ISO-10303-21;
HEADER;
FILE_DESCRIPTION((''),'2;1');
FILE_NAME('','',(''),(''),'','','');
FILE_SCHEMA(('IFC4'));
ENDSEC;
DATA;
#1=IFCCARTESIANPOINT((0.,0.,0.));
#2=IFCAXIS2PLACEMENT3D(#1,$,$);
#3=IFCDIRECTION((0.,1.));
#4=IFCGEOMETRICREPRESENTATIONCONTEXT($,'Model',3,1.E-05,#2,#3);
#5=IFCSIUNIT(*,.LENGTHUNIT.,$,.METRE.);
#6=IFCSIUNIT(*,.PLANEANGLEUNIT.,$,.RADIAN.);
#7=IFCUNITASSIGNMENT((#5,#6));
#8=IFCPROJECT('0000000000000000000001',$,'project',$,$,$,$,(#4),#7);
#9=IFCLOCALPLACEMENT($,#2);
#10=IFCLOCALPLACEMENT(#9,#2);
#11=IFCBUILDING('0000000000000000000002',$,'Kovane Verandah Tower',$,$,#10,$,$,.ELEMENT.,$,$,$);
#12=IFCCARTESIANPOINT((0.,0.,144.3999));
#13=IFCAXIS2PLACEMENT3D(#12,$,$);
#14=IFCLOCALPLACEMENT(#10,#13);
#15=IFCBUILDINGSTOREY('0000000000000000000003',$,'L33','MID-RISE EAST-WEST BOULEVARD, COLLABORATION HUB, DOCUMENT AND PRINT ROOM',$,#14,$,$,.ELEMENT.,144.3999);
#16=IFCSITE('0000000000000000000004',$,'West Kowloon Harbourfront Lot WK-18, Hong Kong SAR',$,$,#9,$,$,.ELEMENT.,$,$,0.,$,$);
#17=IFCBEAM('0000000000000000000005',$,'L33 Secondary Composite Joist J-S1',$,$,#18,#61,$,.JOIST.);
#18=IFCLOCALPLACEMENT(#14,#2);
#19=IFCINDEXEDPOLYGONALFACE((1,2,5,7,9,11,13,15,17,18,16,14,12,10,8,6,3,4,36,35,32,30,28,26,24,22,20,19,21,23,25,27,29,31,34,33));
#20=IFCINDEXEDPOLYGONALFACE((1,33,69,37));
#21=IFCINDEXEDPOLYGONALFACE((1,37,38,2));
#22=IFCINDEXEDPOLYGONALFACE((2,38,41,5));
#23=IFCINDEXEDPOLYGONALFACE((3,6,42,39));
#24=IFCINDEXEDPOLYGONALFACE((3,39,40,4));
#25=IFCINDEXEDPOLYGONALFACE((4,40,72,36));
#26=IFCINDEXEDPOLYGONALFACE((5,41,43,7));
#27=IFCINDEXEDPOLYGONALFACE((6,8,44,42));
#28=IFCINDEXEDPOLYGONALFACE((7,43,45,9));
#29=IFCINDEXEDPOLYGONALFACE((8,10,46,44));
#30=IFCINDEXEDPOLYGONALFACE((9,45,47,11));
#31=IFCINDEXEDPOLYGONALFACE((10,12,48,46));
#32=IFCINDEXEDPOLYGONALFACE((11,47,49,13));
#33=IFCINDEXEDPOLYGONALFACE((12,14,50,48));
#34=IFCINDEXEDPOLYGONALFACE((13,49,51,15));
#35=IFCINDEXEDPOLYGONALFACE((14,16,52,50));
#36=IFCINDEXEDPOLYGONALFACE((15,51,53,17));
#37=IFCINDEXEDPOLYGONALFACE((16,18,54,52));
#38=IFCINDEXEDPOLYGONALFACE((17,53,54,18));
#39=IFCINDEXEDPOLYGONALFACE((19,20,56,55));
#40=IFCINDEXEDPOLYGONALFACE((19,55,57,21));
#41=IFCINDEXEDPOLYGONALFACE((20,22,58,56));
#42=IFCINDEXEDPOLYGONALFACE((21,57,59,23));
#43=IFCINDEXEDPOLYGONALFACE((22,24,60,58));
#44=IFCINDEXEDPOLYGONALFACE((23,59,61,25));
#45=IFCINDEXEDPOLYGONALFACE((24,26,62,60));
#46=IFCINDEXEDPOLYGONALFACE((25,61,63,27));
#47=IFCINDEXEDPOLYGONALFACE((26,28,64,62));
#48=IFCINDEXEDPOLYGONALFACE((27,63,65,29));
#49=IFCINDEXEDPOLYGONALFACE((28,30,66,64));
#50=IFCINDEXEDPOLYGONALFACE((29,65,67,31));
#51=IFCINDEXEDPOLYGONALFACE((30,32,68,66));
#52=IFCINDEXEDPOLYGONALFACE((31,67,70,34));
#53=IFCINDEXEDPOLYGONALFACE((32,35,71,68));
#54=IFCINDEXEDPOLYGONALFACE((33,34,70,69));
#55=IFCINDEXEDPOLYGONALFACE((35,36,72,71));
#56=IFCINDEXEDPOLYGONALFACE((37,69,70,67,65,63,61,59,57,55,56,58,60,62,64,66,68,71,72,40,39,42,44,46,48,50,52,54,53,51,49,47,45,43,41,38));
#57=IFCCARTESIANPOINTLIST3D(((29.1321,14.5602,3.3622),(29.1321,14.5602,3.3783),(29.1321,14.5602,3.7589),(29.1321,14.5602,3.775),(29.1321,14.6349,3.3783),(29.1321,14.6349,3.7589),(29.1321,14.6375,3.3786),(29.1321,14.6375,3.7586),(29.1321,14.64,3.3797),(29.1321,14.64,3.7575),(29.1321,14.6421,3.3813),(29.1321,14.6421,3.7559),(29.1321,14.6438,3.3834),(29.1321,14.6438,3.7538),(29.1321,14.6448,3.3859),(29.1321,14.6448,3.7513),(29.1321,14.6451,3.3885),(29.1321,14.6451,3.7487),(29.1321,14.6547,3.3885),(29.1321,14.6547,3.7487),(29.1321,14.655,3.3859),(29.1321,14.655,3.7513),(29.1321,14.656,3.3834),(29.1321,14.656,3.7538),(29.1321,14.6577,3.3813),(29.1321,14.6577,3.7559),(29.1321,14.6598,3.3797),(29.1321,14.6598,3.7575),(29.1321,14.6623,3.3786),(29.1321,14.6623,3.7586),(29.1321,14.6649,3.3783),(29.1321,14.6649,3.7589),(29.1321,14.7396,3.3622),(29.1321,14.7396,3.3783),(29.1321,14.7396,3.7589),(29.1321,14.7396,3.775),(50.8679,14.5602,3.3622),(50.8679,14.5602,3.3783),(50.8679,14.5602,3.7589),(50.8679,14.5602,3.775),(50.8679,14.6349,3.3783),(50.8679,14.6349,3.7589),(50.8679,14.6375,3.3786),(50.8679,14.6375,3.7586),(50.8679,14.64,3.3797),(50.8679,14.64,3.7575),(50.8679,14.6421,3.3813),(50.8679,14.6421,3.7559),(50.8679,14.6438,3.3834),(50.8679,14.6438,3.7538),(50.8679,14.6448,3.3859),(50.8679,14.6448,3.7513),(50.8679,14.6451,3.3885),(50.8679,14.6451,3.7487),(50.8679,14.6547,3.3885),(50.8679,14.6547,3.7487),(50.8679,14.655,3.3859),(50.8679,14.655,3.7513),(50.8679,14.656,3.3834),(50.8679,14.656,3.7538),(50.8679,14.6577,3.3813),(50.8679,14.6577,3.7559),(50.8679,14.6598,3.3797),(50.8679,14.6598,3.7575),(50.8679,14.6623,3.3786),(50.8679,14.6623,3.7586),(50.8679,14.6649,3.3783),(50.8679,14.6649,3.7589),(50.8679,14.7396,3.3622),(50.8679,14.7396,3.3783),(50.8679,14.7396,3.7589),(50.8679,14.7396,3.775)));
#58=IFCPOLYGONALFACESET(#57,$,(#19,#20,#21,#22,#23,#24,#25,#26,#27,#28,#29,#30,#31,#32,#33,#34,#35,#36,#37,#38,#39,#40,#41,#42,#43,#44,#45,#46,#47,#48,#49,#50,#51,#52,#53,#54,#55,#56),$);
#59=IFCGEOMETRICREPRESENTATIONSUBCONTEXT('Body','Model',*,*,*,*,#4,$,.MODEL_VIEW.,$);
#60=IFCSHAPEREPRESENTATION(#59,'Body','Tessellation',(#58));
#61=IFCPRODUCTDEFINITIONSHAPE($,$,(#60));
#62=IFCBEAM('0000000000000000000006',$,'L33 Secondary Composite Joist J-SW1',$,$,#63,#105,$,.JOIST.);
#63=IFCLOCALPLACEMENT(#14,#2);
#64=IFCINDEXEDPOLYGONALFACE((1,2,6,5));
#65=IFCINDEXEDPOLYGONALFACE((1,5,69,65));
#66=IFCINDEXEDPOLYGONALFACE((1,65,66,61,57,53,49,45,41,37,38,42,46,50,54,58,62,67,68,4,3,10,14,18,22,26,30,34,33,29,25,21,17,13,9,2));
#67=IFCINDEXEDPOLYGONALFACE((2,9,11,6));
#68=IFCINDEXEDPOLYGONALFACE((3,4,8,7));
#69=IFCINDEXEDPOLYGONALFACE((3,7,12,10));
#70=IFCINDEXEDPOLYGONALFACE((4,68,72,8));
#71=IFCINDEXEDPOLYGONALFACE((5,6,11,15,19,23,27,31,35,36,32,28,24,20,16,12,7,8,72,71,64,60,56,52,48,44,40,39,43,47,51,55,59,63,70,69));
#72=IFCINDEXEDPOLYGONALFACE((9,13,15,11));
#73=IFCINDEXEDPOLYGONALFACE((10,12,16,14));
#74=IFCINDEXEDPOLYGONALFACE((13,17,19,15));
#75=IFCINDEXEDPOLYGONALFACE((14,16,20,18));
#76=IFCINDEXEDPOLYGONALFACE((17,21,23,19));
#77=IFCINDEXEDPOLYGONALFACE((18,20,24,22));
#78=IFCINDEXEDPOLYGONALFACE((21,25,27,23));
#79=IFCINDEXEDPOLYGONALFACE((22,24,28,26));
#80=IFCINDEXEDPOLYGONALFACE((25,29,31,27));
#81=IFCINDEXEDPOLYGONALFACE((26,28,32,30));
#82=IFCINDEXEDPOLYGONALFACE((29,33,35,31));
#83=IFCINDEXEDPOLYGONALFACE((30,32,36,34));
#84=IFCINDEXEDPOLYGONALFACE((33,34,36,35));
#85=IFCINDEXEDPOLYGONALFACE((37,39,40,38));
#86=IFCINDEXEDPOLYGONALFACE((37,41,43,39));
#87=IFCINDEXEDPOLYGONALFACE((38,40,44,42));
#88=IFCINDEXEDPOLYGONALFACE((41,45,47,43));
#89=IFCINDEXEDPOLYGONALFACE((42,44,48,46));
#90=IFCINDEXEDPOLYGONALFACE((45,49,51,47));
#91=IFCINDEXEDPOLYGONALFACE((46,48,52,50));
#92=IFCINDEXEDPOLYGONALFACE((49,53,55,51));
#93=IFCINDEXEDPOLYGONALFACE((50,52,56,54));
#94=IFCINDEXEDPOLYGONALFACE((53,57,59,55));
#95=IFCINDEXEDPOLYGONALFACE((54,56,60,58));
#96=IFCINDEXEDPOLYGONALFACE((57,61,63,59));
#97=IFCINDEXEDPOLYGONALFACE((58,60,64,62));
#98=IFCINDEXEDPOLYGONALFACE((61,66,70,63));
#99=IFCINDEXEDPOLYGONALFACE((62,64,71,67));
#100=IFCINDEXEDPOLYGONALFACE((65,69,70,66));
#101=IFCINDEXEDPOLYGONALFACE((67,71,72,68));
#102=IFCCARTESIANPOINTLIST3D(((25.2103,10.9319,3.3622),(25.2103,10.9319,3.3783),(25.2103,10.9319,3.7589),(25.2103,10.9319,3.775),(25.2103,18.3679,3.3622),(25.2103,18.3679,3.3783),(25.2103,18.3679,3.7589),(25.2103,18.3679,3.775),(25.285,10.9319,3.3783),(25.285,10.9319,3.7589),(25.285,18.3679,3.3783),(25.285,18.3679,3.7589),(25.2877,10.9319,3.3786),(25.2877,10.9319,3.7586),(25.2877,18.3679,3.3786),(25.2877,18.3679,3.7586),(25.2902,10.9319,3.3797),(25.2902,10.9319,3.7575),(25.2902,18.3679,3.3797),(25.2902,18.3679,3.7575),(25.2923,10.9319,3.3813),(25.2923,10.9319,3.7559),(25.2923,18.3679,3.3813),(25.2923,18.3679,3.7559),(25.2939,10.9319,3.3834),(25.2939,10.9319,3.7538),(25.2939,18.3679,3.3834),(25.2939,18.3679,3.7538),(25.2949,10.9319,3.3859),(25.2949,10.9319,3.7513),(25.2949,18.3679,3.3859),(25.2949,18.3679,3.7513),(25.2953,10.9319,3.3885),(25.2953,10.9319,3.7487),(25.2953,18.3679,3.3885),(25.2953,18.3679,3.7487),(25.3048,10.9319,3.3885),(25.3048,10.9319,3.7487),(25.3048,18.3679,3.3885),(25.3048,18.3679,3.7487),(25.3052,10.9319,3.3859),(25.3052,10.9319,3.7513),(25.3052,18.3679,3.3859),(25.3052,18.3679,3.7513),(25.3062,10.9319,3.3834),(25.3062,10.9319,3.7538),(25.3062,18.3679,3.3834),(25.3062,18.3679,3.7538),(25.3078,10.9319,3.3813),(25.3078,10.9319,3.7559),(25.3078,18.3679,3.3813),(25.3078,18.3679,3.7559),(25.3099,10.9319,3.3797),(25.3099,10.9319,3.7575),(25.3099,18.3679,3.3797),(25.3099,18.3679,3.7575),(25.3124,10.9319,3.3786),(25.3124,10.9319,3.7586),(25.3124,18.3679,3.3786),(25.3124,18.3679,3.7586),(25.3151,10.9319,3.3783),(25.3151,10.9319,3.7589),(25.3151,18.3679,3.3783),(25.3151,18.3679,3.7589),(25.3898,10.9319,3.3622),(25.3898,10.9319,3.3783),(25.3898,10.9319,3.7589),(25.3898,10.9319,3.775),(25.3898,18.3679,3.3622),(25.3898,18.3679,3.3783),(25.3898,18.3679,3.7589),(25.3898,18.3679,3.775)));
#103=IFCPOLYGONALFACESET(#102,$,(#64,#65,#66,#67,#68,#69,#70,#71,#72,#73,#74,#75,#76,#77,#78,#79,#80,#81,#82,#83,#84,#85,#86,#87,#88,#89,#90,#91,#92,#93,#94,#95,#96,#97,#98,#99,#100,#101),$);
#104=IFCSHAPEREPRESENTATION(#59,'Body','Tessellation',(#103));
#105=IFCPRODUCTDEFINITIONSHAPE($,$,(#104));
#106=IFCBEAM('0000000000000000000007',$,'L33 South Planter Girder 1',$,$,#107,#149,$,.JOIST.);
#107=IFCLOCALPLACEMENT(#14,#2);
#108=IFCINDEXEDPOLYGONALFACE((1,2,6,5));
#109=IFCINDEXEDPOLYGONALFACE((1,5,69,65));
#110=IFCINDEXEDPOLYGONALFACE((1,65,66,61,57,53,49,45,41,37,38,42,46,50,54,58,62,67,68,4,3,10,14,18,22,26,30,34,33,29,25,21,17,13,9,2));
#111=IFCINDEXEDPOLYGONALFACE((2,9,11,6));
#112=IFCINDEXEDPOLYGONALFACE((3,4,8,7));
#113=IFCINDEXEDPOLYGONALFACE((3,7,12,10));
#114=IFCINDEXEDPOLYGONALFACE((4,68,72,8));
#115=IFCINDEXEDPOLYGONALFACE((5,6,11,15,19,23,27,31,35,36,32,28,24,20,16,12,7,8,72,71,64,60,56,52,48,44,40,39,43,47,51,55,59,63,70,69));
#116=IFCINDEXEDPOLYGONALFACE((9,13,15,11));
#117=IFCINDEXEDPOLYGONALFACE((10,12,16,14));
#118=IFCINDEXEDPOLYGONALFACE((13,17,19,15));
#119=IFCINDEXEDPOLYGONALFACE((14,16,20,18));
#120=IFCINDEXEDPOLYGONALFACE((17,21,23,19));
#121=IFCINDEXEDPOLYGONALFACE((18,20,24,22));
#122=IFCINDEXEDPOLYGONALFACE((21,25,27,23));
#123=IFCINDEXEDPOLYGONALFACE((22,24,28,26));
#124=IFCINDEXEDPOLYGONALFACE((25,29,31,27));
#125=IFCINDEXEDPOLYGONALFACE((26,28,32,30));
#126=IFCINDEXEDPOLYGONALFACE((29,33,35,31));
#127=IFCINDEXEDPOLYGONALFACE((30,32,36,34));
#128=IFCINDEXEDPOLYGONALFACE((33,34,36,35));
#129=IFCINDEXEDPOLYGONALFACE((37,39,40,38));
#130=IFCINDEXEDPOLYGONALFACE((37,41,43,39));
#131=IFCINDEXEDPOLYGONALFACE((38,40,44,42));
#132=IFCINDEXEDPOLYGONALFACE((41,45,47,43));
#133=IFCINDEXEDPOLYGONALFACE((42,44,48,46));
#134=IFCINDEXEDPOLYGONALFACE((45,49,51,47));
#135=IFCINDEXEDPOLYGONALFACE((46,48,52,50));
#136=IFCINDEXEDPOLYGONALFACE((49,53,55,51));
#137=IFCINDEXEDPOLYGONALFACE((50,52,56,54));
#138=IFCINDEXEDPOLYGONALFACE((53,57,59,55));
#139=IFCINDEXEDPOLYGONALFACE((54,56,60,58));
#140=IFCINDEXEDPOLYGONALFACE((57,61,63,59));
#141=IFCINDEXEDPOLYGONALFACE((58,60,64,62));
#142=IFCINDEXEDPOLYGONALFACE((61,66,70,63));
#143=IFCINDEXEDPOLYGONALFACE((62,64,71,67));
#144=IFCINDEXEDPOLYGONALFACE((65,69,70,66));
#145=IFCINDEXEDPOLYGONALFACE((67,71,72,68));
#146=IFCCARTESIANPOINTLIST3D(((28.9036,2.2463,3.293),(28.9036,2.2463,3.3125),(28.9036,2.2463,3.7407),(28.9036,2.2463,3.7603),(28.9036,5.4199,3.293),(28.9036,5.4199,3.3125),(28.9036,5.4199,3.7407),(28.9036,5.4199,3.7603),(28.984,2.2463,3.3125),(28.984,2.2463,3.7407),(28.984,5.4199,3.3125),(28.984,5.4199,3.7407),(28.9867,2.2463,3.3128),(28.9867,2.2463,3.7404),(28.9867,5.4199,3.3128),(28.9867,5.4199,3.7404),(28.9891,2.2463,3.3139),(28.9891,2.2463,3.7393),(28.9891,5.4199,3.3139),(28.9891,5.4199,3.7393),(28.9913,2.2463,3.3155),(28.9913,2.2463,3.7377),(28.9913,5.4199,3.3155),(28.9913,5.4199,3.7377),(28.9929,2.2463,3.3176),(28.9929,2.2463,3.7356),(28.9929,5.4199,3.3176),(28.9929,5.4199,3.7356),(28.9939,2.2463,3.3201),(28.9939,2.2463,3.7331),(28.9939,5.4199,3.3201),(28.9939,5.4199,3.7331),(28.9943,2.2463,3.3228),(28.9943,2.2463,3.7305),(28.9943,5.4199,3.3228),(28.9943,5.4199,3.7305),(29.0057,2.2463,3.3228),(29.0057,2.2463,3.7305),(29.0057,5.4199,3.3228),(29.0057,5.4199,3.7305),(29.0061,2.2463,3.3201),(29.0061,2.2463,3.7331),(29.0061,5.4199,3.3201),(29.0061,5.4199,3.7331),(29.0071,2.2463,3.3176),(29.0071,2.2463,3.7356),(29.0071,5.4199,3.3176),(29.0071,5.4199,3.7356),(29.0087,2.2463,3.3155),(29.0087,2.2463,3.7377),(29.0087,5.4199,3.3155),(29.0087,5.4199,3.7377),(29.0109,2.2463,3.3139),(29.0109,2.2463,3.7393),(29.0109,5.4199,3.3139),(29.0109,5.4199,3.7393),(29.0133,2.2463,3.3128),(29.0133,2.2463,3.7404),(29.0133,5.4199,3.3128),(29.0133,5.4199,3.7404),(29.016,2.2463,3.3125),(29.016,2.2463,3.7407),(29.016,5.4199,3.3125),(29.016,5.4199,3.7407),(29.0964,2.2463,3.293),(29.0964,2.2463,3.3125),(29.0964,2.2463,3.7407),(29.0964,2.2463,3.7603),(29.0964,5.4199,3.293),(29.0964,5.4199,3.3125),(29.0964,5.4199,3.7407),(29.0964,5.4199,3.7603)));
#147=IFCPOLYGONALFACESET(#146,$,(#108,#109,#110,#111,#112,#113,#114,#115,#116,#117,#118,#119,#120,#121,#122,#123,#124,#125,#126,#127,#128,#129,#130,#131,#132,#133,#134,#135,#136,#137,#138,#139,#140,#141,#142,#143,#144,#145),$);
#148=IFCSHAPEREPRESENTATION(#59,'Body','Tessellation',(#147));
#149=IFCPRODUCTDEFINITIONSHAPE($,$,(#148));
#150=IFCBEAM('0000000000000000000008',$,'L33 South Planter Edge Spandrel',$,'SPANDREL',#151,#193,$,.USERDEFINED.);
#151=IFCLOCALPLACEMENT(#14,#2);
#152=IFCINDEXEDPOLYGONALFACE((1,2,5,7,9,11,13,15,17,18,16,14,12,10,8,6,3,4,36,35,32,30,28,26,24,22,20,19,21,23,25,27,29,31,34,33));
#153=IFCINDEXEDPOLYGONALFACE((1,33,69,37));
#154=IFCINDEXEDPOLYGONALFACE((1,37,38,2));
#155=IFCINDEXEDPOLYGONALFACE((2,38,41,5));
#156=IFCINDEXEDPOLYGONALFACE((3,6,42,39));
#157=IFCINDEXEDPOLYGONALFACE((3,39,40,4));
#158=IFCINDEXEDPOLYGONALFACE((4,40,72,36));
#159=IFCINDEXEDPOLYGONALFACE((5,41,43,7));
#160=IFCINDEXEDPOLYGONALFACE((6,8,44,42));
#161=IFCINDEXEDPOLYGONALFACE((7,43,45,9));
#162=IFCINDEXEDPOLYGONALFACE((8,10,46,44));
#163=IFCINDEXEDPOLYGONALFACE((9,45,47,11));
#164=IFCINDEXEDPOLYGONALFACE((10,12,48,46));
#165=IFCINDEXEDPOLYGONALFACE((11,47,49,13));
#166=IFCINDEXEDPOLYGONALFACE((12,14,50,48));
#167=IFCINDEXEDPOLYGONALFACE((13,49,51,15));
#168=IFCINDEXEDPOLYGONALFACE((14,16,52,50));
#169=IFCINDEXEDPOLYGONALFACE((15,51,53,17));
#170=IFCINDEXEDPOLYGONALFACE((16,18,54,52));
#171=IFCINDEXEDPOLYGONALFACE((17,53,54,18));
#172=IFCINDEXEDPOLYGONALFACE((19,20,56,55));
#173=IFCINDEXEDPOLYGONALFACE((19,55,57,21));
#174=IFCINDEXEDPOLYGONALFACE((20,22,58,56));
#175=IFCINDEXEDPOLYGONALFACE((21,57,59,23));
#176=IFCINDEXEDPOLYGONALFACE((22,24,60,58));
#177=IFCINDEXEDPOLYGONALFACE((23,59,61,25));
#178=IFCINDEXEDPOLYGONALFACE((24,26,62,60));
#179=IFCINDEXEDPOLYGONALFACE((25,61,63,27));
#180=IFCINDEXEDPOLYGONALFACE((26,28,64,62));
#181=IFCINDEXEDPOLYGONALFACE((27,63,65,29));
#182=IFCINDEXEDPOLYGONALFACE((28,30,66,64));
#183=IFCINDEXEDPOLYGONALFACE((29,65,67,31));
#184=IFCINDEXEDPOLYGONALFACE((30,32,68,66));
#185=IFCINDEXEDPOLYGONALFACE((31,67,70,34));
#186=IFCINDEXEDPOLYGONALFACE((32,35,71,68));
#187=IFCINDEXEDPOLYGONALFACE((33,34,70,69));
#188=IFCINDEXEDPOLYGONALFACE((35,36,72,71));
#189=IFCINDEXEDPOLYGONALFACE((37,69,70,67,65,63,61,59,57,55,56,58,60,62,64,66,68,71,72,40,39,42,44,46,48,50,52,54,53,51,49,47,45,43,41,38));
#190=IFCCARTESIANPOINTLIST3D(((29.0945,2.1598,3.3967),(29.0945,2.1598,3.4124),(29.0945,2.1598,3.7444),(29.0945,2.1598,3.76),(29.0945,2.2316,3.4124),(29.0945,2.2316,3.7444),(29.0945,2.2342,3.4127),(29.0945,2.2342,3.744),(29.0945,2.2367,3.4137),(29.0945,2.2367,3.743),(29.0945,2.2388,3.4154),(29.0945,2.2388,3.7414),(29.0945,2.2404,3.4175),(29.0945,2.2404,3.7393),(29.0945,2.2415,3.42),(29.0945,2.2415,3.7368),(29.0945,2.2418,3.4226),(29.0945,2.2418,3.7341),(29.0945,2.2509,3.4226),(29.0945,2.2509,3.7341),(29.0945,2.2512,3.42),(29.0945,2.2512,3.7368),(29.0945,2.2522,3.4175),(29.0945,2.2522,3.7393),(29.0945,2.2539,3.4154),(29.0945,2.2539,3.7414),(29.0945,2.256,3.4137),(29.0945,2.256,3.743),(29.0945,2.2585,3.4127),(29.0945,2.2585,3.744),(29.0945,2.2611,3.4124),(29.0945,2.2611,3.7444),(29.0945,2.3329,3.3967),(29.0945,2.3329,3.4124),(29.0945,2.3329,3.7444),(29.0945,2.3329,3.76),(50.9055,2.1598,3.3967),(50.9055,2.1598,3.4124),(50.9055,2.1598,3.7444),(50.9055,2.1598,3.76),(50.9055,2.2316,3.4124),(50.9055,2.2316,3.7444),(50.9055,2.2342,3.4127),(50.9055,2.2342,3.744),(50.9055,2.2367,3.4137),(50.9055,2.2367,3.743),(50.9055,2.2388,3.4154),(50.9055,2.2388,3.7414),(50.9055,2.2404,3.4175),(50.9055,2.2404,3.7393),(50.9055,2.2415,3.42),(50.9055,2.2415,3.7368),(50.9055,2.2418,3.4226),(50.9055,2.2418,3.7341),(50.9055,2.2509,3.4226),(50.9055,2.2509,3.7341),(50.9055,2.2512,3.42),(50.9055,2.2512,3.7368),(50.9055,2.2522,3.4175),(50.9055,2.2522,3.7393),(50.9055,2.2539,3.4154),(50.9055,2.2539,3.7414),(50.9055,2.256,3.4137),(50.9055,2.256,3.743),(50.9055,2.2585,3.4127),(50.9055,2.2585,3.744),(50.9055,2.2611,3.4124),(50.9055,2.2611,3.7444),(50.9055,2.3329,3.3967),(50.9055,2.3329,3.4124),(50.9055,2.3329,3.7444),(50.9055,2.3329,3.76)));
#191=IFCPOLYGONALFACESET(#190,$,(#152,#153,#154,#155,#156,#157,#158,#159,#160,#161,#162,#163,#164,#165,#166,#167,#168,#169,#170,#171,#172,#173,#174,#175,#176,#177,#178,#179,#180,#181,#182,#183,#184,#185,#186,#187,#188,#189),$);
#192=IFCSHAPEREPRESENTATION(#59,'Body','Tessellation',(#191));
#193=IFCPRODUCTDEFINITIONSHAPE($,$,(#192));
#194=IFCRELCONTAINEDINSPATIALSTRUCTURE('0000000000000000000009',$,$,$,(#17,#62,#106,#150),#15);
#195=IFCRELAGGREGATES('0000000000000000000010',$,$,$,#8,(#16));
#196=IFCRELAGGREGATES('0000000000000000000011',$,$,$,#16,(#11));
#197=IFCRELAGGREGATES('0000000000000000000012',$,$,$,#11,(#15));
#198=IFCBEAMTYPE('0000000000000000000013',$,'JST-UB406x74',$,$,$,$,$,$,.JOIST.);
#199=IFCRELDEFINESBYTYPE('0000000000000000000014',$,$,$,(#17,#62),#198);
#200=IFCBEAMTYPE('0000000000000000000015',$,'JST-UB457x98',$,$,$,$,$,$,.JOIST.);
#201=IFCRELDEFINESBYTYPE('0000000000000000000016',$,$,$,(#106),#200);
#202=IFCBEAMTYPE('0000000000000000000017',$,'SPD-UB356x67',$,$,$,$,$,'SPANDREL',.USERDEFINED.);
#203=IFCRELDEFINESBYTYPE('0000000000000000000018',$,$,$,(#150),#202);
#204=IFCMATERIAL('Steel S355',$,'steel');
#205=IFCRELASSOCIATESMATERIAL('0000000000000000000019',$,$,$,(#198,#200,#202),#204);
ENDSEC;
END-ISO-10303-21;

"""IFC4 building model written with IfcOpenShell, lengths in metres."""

from ifc_helpers import new_model, si_unit, direction, frame, origin, origin_2d, place, context, subcontext, project, spatial, i_section, extrude, material, material_profile, profile_set, type_object, element, save


model = new_model("IFC4")

# Units and contexts
model_context = context("Model", 3, precision=1e-05, world=origin(), true_north=direction((0.0, 1.0)))
body_context = subcontext(model_context, "Body", "Model", "MODEL_VIEW")
ifc_project = project(units=[si_unit("LENGTHUNIT", "METRE"), si_unit("PLANEANGLEUNIT", "RADIAN")], contexts=[model_context])

# Site, building, storey
site_placement = place(None, origin())
site = spatial("IfcSite", under=ifc_project, at=site_placement, Name="West Kowloon Harbourfront Lot WK-18, Hong Kong SAR", CompositionType="ELEMENT", RefElevation=0.0)
building_placement = place(site_placement, origin())
building = spatial("IfcBuilding", under=site, at=building_placement, Name="Kovane Verandah Tower", CompositionType="ELEMENT")
storey_placement = place(building_placement, frame((0.0, 0.0, 144.3999)))
storey = spatial("IfcBuildingStorey", under=building, at=storey_placement, Name="L33", Description="MID-RISE EAST-WEST BOULEVARD, COLLABORATION HUB, DOCUMENT AND PRINT ROOM", CompositionType="ELEMENT", Elevation=144.3999)

# Beams
ifc_material_1 = material(Name="Steel S355", Category="steel")
ifc_material_profile_1 = material_profile(ifc_material_1, i_section(OverallWidth=0.1794, OverallDepth=0.4128, WebThickness=0.0095, FlangeThickness=0.0161, FilletRadius=0.0103, at=origin_2d()), Name="UB406x178x74")
ifc_profile_set_1 = profile_set([ifc_material_profile_1], Name="Steel S355")
beam_type_1 = type_object("IfcBeamType", Name="JST-UB406x74", PredefinedType="JOIST", material=ifc_profile_set_1)
beam_1_placement = place(storey_placement, frame((29.1321, 14.6499, 3.5686), z_axis=(1.0, 0.0, 0.0), x_axis=(0.0, 1.0, 0.0)))
element("IfcBeam", 1, at=beam_1_placement, inside=storey, type_object=beam_type_1, Name="L33 Secondary Composite Joist J-S1", PredefinedType="JOIST", context=body_context, shape_type="SweptSolid", body=[
    extrude(i_section(OverallWidth=0.1794, OverallDepth=0.4128, WebThickness=0.0095, FlangeThickness=0.0161, FilletRadius=0.0103, at=origin_2d()), origin(), (0.0, 0.0, 1.0), 21.7358),
])
beam_2_placement = place(storey_placement, frame((25.3, 10.9319, 3.5686), z_axis=(0.0, 1.0, 0.0), x_axis=(-1.0, 0.0, 0.0)))
element("IfcBeam", 2, at=beam_2_placement, inside=storey, type_object=beam_type_1, Name="L33 Secondary Composite Joist J-SW1", PredefinedType="JOIST", context=body_context, shape_type="SweptSolid", body=[
    extrude(i_section(OverallWidth=0.1794, OverallDepth=0.4128, WebThickness=0.0095, FlangeThickness=0.0161, FilletRadius=0.0103, at=origin_2d()), origin(), (0.0, 0.0, 1.0), 7.436),
])
ifc_material_profile_2 = material_profile(ifc_material_1, i_section(OverallWidth=0.1929, OverallDepth=0.4673, WebThickness=0.0115, FlangeThickness=0.0195, FilletRadius=0.0103, at=origin_2d()), Name="UB457x191x98")
ifc_profile_set_2 = profile_set([ifc_material_profile_2], Name="Steel S355")
beam_type_2 = type_object("IfcBeamType", Name="JST-UB457x98", PredefinedType="JOIST", material=ifc_profile_set_2)
beam_3_placement = place(storey_placement, frame((29.0, 5.4199, 3.5266), z_axis=(0.0, -1.0, 0.0), x_axis=(1.0, 0.0, 0.0)))
element("IfcBeam", 3, at=beam_3_placement, inside=storey, type_object=beam_type_2, Name="L33 South Planter Girder 1", PredefinedType="JOIST", context=body_context, shape_type="SweptSolid", body=[
    extrude(i_section(OverallWidth=0.1929, OverallDepth=0.4673, WebThickness=0.0115, FlangeThickness=0.0195, FilletRadius=0.0103, at=origin_2d()), origin(), (0.0, 0.0, 1.0), 3.1736),
])
ifc_material_profile_3 = material_profile(ifc_material_1, i_section(OverallWidth=0.1731, OverallDepth=0.3633, WebThickness=0.009, FlangeThickness=0.0156, FilletRadius=0.0103, at=origin_2d()), Name="UB356x171x67")
ifc_profile_set_3 = profile_set([ifc_material_profile_3], Name="Steel S355")
beam_type_3 = type_object("IfcBeamType", Name="SPD-UB356x67", ElementType="SPANDREL", PredefinedType="USERDEFINED", material=ifc_profile_set_3)
beam_4_placement = place(storey_placement, frame((29.0945, 2.2463, 3.5784), z_axis=(1.0, 0.0, 0.0), x_axis=(0.0, 1.0, 0.0)))
element("IfcBeam", 4, at=beam_4_placement, inside=storey, type_object=beam_type_3, Name="L33 South Planter Edge Spandrel", ObjectType="SPANDREL", PredefinedType="USERDEFINED", context=body_context, shape_type="SweptSolid", body=[
    extrude(i_section(OverallWidth=0.1731, OverallDepth=0.3633, WebThickness=0.009, FlangeThickness=0.0156, FilletRadius=0.0103, at=origin_2d()), origin(), (0.0, 0.0, 1.0), 21.811),
])

save(model, "model.ifc")
